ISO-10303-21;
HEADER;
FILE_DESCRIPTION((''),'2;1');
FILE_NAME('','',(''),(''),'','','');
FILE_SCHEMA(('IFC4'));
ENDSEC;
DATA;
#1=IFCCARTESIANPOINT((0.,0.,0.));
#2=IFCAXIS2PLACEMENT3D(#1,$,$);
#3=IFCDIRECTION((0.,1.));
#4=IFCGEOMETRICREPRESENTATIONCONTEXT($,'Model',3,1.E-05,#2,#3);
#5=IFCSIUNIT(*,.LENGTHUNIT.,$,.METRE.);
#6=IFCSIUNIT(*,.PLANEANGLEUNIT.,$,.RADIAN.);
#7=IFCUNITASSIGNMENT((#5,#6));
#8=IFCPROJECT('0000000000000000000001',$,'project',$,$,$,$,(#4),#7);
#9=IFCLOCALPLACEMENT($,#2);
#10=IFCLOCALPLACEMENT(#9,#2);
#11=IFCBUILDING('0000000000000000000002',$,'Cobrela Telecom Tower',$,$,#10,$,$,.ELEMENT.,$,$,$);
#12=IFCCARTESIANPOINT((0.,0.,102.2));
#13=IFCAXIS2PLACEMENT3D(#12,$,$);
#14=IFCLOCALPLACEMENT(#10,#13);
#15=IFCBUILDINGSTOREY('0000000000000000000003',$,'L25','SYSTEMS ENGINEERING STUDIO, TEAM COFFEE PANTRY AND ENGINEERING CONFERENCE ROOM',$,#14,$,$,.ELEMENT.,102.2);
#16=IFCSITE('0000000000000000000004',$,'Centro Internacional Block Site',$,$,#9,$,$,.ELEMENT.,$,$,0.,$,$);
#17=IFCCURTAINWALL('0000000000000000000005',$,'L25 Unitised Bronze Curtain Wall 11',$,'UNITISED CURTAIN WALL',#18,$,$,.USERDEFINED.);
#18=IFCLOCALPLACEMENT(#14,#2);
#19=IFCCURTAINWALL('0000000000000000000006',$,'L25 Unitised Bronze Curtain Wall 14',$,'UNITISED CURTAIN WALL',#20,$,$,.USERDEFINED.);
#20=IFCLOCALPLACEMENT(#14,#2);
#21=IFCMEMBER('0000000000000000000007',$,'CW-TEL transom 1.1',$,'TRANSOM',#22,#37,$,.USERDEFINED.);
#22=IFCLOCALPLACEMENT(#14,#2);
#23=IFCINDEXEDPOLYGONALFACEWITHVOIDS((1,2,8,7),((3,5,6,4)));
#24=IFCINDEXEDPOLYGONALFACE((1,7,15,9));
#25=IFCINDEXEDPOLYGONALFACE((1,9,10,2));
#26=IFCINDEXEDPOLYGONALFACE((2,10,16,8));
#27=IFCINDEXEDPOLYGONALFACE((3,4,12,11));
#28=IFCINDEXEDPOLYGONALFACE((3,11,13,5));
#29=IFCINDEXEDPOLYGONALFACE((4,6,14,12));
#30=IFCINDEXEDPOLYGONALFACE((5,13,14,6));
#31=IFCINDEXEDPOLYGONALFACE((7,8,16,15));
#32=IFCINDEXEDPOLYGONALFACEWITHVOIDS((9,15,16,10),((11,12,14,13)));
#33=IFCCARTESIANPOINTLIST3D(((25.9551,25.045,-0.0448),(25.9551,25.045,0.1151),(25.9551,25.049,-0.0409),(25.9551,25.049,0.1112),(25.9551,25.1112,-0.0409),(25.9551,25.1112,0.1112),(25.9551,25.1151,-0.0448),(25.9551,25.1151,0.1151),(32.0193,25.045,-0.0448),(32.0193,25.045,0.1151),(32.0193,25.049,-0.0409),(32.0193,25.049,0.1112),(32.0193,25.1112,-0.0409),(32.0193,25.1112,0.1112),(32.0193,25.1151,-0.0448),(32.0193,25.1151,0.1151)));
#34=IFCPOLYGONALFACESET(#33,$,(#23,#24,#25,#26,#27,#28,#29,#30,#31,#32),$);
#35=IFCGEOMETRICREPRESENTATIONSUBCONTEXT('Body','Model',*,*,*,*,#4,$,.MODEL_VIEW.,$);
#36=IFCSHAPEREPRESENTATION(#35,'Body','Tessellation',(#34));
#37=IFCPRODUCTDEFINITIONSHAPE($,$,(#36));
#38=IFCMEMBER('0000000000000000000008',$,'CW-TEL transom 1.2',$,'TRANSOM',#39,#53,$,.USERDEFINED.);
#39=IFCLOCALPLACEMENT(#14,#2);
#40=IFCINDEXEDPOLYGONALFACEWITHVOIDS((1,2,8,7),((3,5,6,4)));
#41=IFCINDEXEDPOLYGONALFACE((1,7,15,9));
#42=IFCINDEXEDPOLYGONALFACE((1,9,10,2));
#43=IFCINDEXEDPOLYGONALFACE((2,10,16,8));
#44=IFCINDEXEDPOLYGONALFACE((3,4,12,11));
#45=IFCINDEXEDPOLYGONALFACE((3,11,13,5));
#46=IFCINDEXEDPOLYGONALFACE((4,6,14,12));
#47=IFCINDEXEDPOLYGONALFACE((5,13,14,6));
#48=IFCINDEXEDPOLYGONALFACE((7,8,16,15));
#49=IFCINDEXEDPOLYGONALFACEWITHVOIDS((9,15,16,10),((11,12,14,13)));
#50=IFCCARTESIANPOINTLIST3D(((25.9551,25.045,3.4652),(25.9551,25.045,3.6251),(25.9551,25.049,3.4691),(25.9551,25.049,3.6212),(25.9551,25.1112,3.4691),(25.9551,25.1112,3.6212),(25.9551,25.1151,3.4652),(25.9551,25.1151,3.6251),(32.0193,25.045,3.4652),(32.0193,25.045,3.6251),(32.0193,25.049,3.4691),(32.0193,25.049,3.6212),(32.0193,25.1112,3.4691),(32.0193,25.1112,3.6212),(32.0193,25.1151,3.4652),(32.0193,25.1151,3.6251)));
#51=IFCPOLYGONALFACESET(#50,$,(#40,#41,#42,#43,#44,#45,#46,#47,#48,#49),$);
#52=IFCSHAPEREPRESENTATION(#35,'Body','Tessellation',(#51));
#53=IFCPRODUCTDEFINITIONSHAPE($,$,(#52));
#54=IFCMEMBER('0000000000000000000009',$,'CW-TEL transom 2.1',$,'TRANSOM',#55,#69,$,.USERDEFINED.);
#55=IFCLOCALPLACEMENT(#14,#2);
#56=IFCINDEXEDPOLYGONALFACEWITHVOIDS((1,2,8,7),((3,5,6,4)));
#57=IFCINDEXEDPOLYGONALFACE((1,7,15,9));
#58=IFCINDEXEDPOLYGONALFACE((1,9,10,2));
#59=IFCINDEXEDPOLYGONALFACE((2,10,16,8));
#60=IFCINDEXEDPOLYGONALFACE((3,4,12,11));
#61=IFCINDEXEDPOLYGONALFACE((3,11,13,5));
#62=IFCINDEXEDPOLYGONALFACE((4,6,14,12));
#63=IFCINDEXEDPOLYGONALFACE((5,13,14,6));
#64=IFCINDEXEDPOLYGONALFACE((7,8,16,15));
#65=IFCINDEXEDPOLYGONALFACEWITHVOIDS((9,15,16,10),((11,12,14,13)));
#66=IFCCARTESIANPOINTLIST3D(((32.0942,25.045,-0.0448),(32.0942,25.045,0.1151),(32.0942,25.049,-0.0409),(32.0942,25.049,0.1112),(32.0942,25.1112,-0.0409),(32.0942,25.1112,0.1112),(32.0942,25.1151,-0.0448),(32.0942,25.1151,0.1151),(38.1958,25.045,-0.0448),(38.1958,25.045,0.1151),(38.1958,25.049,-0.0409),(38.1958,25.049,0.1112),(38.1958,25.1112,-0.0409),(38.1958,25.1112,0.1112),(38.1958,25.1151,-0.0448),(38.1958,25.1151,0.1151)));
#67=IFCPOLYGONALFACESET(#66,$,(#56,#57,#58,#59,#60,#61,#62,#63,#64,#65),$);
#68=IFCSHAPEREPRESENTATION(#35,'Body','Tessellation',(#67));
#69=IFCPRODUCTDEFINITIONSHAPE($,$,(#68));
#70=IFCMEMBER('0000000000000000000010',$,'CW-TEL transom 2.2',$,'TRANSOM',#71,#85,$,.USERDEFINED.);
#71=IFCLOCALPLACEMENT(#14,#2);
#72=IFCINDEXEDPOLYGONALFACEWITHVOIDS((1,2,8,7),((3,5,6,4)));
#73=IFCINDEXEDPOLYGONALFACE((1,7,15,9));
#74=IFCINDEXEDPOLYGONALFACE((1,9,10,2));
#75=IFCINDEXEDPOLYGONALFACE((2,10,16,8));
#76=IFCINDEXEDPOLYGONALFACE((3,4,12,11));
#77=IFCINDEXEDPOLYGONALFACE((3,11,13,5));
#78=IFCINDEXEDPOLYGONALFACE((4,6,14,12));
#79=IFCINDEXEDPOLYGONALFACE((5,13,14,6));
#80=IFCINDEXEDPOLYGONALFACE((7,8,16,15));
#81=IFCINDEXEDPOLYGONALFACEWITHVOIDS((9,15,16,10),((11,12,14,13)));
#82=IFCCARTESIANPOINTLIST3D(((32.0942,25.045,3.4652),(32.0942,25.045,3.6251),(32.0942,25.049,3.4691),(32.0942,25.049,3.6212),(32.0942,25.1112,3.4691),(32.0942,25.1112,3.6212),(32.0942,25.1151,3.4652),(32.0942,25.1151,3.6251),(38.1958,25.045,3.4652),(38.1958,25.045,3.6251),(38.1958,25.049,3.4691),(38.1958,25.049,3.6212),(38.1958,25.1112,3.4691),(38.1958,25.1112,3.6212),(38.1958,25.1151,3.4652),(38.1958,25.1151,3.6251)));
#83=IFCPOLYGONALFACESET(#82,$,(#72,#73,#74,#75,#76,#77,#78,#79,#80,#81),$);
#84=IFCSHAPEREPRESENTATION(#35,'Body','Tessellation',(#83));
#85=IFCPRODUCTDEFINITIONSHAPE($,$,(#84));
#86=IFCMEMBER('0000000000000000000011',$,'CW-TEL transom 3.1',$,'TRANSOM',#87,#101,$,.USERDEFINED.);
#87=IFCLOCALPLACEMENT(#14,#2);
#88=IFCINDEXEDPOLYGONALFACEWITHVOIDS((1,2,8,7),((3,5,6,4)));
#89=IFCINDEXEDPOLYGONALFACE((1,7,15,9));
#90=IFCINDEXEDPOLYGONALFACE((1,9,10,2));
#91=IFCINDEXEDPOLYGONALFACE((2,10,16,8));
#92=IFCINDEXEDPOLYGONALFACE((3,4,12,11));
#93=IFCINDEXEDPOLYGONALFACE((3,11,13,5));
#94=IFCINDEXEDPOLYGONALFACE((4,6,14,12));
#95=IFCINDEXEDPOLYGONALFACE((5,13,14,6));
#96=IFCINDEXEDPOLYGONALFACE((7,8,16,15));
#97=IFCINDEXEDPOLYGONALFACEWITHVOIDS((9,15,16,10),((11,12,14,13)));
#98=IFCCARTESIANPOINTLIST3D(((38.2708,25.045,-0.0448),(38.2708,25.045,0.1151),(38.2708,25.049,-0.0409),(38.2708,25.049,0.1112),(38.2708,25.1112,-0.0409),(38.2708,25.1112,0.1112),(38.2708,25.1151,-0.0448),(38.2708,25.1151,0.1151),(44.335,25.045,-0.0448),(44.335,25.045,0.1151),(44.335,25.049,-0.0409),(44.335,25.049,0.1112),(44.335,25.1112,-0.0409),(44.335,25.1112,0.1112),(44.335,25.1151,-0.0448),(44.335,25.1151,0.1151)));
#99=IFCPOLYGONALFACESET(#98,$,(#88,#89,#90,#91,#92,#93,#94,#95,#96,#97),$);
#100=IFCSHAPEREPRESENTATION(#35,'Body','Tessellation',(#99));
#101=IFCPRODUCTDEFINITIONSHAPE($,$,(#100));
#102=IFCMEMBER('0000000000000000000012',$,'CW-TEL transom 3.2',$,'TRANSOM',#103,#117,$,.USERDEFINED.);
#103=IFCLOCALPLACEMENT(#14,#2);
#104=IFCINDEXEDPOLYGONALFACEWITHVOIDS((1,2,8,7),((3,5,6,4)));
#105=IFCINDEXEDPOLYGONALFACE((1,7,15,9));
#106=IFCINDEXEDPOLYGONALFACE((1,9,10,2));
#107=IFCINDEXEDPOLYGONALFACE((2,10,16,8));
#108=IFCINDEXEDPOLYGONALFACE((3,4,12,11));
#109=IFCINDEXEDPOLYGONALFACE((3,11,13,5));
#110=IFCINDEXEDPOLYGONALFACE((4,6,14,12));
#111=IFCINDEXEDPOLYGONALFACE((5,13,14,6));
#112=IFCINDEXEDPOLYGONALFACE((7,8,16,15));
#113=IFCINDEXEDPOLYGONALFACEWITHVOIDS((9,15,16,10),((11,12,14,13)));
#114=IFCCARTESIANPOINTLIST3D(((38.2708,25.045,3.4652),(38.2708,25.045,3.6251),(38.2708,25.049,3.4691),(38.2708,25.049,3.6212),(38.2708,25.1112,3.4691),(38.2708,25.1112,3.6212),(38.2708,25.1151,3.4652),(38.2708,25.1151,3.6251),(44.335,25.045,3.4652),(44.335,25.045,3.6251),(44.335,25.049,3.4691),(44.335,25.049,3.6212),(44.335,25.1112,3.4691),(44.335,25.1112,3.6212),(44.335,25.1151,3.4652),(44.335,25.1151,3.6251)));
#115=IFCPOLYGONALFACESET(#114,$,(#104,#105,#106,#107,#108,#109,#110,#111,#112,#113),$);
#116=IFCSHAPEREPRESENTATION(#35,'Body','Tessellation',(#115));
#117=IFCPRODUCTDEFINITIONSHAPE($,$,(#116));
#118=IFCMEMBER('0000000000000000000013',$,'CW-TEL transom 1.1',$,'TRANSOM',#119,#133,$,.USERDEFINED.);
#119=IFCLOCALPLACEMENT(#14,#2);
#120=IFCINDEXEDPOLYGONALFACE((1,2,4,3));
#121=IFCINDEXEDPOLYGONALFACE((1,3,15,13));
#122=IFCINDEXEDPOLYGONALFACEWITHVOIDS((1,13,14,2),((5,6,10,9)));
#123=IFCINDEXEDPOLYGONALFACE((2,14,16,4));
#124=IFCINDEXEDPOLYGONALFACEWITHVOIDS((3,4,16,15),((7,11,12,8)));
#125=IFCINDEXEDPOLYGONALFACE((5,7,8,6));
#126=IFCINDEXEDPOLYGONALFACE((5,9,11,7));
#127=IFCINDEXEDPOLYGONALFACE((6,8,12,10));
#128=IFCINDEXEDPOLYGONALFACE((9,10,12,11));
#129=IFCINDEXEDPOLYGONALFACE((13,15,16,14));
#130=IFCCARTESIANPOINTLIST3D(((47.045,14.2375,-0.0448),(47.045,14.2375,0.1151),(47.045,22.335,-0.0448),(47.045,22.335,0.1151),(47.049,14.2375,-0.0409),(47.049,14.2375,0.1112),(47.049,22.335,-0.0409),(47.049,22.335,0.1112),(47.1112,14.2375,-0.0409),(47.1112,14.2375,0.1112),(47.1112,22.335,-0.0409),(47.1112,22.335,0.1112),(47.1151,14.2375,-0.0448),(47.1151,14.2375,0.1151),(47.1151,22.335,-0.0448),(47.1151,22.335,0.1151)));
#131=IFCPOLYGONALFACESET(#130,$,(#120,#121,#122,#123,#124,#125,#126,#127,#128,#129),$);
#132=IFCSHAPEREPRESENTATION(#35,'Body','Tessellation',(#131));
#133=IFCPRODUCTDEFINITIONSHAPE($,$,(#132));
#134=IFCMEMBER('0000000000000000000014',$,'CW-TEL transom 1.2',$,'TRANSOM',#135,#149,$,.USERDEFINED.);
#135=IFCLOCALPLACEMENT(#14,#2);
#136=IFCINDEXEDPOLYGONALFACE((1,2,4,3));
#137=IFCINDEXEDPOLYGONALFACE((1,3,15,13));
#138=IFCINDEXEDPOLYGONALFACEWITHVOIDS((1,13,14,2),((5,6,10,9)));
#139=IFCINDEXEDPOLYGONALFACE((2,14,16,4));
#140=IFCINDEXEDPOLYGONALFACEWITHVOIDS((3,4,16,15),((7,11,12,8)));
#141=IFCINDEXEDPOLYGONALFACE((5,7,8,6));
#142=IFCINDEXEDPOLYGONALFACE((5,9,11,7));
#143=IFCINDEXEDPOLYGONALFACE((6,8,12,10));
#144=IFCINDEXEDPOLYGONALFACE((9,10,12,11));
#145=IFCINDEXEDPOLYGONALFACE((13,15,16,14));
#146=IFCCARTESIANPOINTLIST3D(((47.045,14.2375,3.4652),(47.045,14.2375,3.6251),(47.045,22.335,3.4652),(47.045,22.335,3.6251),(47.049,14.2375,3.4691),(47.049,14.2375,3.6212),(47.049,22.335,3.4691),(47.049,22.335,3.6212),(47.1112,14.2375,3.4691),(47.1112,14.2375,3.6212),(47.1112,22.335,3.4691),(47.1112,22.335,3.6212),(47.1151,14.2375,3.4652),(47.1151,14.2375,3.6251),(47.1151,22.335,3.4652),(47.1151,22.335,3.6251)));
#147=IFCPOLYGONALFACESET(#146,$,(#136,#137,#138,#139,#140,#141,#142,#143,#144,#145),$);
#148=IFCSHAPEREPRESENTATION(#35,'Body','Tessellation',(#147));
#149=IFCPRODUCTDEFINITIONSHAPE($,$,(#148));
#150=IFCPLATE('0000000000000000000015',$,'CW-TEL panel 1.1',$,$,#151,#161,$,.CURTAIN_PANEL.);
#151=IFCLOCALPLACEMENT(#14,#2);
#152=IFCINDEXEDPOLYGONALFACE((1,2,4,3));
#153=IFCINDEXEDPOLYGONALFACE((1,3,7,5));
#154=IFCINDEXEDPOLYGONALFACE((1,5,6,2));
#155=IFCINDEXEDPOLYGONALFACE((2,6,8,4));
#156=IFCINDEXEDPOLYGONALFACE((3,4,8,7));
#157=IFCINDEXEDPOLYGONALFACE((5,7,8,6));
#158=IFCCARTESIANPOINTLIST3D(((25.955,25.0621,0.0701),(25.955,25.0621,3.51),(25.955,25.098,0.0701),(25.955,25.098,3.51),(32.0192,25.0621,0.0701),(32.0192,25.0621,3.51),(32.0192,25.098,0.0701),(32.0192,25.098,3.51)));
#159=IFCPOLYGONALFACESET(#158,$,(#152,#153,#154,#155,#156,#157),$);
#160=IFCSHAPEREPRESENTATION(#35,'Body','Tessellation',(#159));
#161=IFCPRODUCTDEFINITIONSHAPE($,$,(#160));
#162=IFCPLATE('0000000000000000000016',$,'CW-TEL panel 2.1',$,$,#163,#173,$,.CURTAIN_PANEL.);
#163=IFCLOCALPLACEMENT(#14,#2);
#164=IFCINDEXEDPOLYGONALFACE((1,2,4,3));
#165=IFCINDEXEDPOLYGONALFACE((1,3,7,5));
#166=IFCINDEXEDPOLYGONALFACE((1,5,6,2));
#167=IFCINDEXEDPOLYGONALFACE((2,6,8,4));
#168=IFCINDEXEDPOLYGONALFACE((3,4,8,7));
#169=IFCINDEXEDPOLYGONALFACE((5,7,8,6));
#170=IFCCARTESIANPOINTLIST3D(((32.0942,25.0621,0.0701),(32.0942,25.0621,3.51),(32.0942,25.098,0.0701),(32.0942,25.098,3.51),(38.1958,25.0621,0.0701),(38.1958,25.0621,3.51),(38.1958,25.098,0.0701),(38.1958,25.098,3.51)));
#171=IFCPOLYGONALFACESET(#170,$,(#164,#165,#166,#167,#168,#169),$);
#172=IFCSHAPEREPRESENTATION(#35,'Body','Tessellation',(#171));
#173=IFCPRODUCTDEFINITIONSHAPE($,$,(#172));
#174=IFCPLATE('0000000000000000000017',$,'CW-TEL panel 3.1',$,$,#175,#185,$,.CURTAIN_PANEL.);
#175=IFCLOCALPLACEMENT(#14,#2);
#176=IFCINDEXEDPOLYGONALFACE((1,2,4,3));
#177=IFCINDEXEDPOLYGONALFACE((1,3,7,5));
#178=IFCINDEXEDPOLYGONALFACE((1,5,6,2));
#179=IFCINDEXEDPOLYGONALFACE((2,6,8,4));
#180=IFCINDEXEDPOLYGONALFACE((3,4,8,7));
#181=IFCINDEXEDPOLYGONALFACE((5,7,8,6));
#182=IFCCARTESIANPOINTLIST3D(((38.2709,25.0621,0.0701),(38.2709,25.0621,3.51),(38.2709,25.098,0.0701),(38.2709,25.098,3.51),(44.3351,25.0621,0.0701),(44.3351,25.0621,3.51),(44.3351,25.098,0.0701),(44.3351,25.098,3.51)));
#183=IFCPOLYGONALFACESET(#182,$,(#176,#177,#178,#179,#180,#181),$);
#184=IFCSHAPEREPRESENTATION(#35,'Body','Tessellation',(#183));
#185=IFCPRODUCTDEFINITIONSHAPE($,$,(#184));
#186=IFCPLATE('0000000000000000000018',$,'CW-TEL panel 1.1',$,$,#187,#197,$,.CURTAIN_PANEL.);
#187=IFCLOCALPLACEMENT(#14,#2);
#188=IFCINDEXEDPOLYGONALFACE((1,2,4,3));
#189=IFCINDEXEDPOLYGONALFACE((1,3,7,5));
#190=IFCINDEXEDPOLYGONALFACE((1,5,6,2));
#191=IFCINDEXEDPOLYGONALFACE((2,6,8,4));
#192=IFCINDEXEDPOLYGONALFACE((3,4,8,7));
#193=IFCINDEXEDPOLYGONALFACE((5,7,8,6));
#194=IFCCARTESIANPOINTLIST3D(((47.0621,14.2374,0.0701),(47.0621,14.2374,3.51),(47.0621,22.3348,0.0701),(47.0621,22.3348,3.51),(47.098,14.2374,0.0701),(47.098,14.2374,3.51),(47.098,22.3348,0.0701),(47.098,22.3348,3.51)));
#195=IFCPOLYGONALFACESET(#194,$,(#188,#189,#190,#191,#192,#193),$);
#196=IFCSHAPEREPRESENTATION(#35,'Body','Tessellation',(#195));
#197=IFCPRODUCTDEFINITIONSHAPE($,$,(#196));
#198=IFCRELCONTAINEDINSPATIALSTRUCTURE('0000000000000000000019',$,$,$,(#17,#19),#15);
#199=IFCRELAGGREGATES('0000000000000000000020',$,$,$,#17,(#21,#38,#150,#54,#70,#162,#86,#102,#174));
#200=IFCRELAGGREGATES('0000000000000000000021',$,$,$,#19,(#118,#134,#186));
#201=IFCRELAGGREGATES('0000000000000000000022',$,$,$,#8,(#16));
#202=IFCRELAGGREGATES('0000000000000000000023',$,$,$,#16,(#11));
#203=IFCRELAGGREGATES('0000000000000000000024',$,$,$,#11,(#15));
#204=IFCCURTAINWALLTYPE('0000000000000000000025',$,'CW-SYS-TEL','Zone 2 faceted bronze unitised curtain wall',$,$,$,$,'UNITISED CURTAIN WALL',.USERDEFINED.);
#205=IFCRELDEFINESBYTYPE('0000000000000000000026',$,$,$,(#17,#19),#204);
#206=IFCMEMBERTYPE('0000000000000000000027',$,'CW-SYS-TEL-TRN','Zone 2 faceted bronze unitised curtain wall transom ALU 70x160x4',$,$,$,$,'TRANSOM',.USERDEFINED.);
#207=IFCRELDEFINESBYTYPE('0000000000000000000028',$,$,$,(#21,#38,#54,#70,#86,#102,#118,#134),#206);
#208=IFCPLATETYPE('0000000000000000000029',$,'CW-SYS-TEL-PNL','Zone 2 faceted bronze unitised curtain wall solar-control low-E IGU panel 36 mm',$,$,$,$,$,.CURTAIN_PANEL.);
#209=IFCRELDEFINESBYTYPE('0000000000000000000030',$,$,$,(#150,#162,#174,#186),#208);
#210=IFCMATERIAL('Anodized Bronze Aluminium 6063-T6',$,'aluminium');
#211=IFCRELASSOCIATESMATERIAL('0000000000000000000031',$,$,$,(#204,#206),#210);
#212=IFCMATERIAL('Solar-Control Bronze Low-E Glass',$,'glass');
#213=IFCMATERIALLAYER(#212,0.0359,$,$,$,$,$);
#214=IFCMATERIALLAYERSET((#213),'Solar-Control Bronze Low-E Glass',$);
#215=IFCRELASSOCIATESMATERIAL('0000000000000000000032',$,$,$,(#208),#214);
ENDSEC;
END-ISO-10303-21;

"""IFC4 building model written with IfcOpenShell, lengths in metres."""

from ifc_helpers import new_model, si_unit, direction, frame, origin, origin_2d, place, context, subcontext, project, spatial, rectangle, hollow_rectangle, extrude, material, layer, layer_set, material_profile, profile_set, type_object, element, aggregate, save


model = new_model("IFC4")

# Units and contexts
model_context = context("Model", 3, precision=1e-05, world=origin(), true_north=direction((0.0, 1.0)))
body_context = subcontext(model_context, "Body", "Model", "MODEL_VIEW")
ifc_project = project(units=[si_unit("LENGTHUNIT", "METRE"), si_unit("PLANEANGLEUNIT", "RADIAN")], contexts=[model_context])

# Site, building, storey
site_placement = place(None, origin())
site = spatial("IfcSite", under=ifc_project, at=site_placement, Name="Centro Internacional Block Site", CompositionType="ELEMENT", RefElevation=0.0)
building_placement = place(site_placement, origin())
building = spatial("IfcBuilding", under=site, at=building_placement, Name="Cobrela Telecom Tower", CompositionType="ELEMENT")
storey_placement = place(building_placement, frame((0.0, 0.0, 102.2)))
storey = spatial("IfcBuildingStorey", under=building, at=storey_placement, Name="L25", Description="SYSTEMS ENGINEERING STUDIO, TEAM COFFEE PANTRY AND ENGINEERING CONFERENCE ROOM", CompositionType="ELEMENT", Elevation=102.2)

# Curtain wall
ifc_material_1 = material(Name="Anodized Bronze Aluminium 6063-T6", Category="aluminium")
curtain_wall_type = type_object("IfcCurtainWallType", Name="CW-SYS-TEL", Description="Zone 2 faceted bronze unitised curtain wall", ElementType="UNITISED CURTAIN WALL", PredefinedType="USERDEFINED", material=ifc_material_1)
curtain_wall_1_placement = place(storey_placement, origin())
curtain_wall_1 = element("IfcCurtainWall", 1, at=curtain_wall_1_placement, inside=storey, type_object=curtain_wall_type, Name="L25 Unitised Bronze Curtain Wall 11", ObjectType="UNITISED CURTAIN WALL", PredefinedType="USERDEFINED")

# Curtain wall
curtain_wall_2_placement = place(storey_placement, origin())
curtain_wall_2 = element("IfcCurtainWall", 2, at=curtain_wall_2_placement, inside=storey, type_object=curtain_wall_type, Name="L25 Unitised Bronze Curtain Wall 14", ObjectType="UNITISED CURTAIN WALL", PredefinedType="USERDEFINED")

# Members
ifc_material_profile_1 = material_profile(ifc_material_1, hollow_rectangle(XDim=0.0701, YDim=0.1599, WallThickness=0.0039, at=origin_2d()), Name="ALU 70x160x4")
ifc_profile_set_1 = profile_set([ifc_material_profile_1], Name="Anodized Bronze Aluminium 6063-T6")
member_type_1 = type_object("IfcMemberType", Name="CW-SYS-TEL-TRN", Description="Zone 2 faceted bronze unitised curtain wall transom ALU 70x160x4", ElementType="TRANSOM", PredefinedType="USERDEFINED", material=ifc_profile_set_1)
member_1_placement = place(storey_placement, frame((25.9551, 25.0801, 0.0352), z_axis=(1.0, 0.0, 0.0), x_axis=(0.0, 1.0, 0.0)))
member_1 = element("IfcMember", 3, at=member_1_placement, type_object=member_type_1, Name="CW-TEL transom 1.1", ObjectType="TRANSOM", PredefinedType="USERDEFINED", context=body_context, shape_type="SweptSolid", body=[
    extrude(hollow_rectangle(XDim=0.0701, YDim=0.1599, WallThickness=0.0039, at=origin_2d()), origin(), (0.0, 0.0, 1.0), 6.0642),
])
member_2_placement = place(storey_placement, frame((25.9551, 25.0801, 3.5452), z_axis=(1.0, 0.0, 0.0), x_axis=(0.0, 1.0, 0.0)))
member_2 = element("IfcMember", 4, at=member_2_placement, type_object=member_type_1, Name="CW-TEL transom 1.2", ObjectType="TRANSOM", PredefinedType="USERDEFINED", context=body_context, shape_type="SweptSolid", body=[
    extrude(hollow_rectangle(XDim=0.0701, YDim=0.1599, WallThickness=0.0039, at=origin_2d()), origin(), (0.0, 0.0, 1.0), 6.0642),
])
member_3_placement = place(storey_placement, frame((32.0942, 25.0801, 0.0352), z_axis=(1.0, 0.0, 0.0), x_axis=(0.0, 1.0, 0.0)))
member_3 = element("IfcMember", 5, at=member_3_placement, type_object=member_type_1, Name="CW-TEL transom 2.1", ObjectType="TRANSOM", PredefinedType="USERDEFINED", context=body_context, shape_type="SweptSolid", body=[
    extrude(hollow_rectangle(XDim=0.0701, YDim=0.1599, WallThickness=0.0039, at=origin_2d()), origin(), (0.0, 0.0, 1.0), 6.1016),
])
member_4_placement = place(storey_placement, frame((32.0942, 25.0801, 3.5452), z_axis=(1.0, 0.0, 0.0), x_axis=(0.0, 1.0, 0.0)))
member_4 = element("IfcMember", 6, at=member_4_placement, type_object=member_type_1, Name="CW-TEL transom 2.2", ObjectType="TRANSOM", PredefinedType="USERDEFINED", context=body_context, shape_type="SweptSolid", body=[
    extrude(hollow_rectangle(XDim=0.0701, YDim=0.1599, WallThickness=0.0039, at=origin_2d()), origin(), (0.0, 0.0, 1.0), 6.1016),
])
member_5_placement = place(storey_placement, frame((38.2708, 25.0801, 0.0352), z_axis=(1.0, 0.0, 0.0), x_axis=(0.0, 1.0, 0.0)))
member_5 = element("IfcMember", 7, at=member_5_placement, type_object=member_type_1, Name="CW-TEL transom 3.1", ObjectType="TRANSOM", PredefinedType="USERDEFINED", context=body_context, shape_type="SweptSolid", body=[
    extrude(hollow_rectangle(XDim=0.0701, YDim=0.1599, WallThickness=0.0039, at=origin_2d()), origin(), (0.0, 0.0, 1.0), 6.0642),
])
member_6_placement = place(storey_placement, frame((38.2708, 25.0801, 3.5452), z_axis=(1.0, 0.0, 0.0), x_axis=(0.0, 1.0, 0.0)))
member_6 = element("IfcMember", 8, at=member_6_placement, type_object=member_type_1, Name="CW-TEL transom 3.2", ObjectType="TRANSOM", PredefinedType="USERDEFINED", context=body_context, shape_type="SweptSolid", body=[
    extrude(hollow_rectangle(XDim=0.0701, YDim=0.1599, WallThickness=0.0039, at=origin_2d()), origin(), (0.0, 0.0, 1.0), 6.0642),
])
member_7_placement = place(storey_placement, frame((47.0801, 22.335, 0.0352), z_axis=(0.0, -1.0, 0.0), x_axis=(1.0, 0.0, 0.0)))
member_7 = element("IfcMember", 9, at=member_7_placement, type_object=member_type_1, Name="CW-TEL transom 1.1", ObjectType="TRANSOM", PredefinedType="USERDEFINED", context=body_context, shape_type="SweptSolid", body=[
    extrude(hollow_rectangle(XDim=0.0701, YDim=0.1599, WallThickness=0.0039, at=origin_2d()), origin(), (0.0, 0.0, 1.0), 8.0974),
])
member_8_placement = place(storey_placement, frame((47.0801, 22.335, 3.5452), z_axis=(0.0, -1.0, 0.0), x_axis=(1.0, 0.0, 0.0)))
member_8 = element("IfcMember", 10, at=member_8_placement, type_object=member_type_1, Name="CW-TEL transom 1.2", ObjectType="TRANSOM", PredefinedType="USERDEFINED", context=body_context, shape_type="SweptSolid", body=[
    extrude(hollow_rectangle(XDim=0.0701, YDim=0.1599, WallThickness=0.0039, at=origin_2d()), origin(), (0.0, 0.0, 1.0), 8.0974),
])

# Plates
ifc_material_2 = material(Name="Solar-Control Bronze Low-E Glass", Category="glass")
ifc_layer_1 = layer(ifc_material_2, 0.0359)
ifc_layer_set_1 = layer_set([ifc_layer_1], Name="Solar-Control Bronze Low-E Glass")
plate_type = type_object("IfcPlateType", Name="CW-SYS-TEL-PNL", Description="Zone 2 faceted bronze unitised curtain wall solar-control low-E IGU panel 36 mm", PredefinedType="CURTAIN_PANEL", material=ifc_layer_set_1)
plate_1_placement = place(storey_placement, frame((28.9871, 25.0801, 0.0701), z_axis=(0.0, 0.0, 1.0), x_axis=(1.0, 0.0, 0.0)))
plate_1 = element("IfcPlate", 11, at=plate_1_placement, type_object=plate_type, Name="CW-TEL panel 1.1", PredefinedType="CURTAIN_PANEL", context=body_context, shape_type="SweptSolid", body=[
    extrude(rectangle(XDim=6.0642, YDim=0.0359, at=origin_2d()), origin(), (0.0, 0.0, 1.0), 3.4399),
])
plate_2_placement = place(storey_placement, frame((35.145, 25.0801, 0.0701), z_axis=(0.0, 0.0, 1.0), x_axis=(1.0, 0.0, 0.0)))
plate_2 = element("IfcPlate", 12, at=plate_2_placement, type_object=plate_type, Name="CW-TEL panel 2.1", PredefinedType="CURTAIN_PANEL", context=body_context, shape_type="SweptSolid", body=[
    extrude(rectangle(XDim=6.1016, YDim=0.0359, at=origin_2d()), origin(), (0.0, 0.0, 1.0), 3.4399),
])
plate_3_placement = place(storey_placement, frame((41.303, 25.0801, 0.0701), z_axis=(0.0, 0.0, 1.0), x_axis=(1.0, 0.0, 0.0)))
plate_3 = element("IfcPlate", 13, at=plate_3_placement, type_object=plate_type, Name="CW-TEL panel 3.1", PredefinedType="CURTAIN_PANEL", context=body_context, shape_type="SweptSolid", body=[
    extrude(rectangle(XDim=6.0642, YDim=0.0359, at=origin_2d()), origin(), (0.0, 0.0, 1.0), 3.4399),
])
aggregate(curtain_wall_1, [member_1, member_2, plate_1, member_3, member_4, plate_2, member_5, member_6, plate_3])
plate_4_placement = place(storey_placement, frame((47.0801, 18.2861, 0.0701), z_axis=(0.0, 0.0, 1.0), x_axis=(0.0, -1.0, 0.0)))
plate_4 = element("IfcPlate", 14, at=plate_4_placement, type_object=plate_type, Name="CW-TEL panel 1.1", PredefinedType="CURTAIN_PANEL", context=body_context, shape_type="SweptSolid", body=[
    extrude(rectangle(XDim=8.0974, YDim=0.0359, at=origin_2d()), origin(), (0.0, 0.0, 1.0), 3.4399),
])
aggregate(curtain_wall_2, [member_7, member_8, plate_4])

save(model, "model.ifc")
